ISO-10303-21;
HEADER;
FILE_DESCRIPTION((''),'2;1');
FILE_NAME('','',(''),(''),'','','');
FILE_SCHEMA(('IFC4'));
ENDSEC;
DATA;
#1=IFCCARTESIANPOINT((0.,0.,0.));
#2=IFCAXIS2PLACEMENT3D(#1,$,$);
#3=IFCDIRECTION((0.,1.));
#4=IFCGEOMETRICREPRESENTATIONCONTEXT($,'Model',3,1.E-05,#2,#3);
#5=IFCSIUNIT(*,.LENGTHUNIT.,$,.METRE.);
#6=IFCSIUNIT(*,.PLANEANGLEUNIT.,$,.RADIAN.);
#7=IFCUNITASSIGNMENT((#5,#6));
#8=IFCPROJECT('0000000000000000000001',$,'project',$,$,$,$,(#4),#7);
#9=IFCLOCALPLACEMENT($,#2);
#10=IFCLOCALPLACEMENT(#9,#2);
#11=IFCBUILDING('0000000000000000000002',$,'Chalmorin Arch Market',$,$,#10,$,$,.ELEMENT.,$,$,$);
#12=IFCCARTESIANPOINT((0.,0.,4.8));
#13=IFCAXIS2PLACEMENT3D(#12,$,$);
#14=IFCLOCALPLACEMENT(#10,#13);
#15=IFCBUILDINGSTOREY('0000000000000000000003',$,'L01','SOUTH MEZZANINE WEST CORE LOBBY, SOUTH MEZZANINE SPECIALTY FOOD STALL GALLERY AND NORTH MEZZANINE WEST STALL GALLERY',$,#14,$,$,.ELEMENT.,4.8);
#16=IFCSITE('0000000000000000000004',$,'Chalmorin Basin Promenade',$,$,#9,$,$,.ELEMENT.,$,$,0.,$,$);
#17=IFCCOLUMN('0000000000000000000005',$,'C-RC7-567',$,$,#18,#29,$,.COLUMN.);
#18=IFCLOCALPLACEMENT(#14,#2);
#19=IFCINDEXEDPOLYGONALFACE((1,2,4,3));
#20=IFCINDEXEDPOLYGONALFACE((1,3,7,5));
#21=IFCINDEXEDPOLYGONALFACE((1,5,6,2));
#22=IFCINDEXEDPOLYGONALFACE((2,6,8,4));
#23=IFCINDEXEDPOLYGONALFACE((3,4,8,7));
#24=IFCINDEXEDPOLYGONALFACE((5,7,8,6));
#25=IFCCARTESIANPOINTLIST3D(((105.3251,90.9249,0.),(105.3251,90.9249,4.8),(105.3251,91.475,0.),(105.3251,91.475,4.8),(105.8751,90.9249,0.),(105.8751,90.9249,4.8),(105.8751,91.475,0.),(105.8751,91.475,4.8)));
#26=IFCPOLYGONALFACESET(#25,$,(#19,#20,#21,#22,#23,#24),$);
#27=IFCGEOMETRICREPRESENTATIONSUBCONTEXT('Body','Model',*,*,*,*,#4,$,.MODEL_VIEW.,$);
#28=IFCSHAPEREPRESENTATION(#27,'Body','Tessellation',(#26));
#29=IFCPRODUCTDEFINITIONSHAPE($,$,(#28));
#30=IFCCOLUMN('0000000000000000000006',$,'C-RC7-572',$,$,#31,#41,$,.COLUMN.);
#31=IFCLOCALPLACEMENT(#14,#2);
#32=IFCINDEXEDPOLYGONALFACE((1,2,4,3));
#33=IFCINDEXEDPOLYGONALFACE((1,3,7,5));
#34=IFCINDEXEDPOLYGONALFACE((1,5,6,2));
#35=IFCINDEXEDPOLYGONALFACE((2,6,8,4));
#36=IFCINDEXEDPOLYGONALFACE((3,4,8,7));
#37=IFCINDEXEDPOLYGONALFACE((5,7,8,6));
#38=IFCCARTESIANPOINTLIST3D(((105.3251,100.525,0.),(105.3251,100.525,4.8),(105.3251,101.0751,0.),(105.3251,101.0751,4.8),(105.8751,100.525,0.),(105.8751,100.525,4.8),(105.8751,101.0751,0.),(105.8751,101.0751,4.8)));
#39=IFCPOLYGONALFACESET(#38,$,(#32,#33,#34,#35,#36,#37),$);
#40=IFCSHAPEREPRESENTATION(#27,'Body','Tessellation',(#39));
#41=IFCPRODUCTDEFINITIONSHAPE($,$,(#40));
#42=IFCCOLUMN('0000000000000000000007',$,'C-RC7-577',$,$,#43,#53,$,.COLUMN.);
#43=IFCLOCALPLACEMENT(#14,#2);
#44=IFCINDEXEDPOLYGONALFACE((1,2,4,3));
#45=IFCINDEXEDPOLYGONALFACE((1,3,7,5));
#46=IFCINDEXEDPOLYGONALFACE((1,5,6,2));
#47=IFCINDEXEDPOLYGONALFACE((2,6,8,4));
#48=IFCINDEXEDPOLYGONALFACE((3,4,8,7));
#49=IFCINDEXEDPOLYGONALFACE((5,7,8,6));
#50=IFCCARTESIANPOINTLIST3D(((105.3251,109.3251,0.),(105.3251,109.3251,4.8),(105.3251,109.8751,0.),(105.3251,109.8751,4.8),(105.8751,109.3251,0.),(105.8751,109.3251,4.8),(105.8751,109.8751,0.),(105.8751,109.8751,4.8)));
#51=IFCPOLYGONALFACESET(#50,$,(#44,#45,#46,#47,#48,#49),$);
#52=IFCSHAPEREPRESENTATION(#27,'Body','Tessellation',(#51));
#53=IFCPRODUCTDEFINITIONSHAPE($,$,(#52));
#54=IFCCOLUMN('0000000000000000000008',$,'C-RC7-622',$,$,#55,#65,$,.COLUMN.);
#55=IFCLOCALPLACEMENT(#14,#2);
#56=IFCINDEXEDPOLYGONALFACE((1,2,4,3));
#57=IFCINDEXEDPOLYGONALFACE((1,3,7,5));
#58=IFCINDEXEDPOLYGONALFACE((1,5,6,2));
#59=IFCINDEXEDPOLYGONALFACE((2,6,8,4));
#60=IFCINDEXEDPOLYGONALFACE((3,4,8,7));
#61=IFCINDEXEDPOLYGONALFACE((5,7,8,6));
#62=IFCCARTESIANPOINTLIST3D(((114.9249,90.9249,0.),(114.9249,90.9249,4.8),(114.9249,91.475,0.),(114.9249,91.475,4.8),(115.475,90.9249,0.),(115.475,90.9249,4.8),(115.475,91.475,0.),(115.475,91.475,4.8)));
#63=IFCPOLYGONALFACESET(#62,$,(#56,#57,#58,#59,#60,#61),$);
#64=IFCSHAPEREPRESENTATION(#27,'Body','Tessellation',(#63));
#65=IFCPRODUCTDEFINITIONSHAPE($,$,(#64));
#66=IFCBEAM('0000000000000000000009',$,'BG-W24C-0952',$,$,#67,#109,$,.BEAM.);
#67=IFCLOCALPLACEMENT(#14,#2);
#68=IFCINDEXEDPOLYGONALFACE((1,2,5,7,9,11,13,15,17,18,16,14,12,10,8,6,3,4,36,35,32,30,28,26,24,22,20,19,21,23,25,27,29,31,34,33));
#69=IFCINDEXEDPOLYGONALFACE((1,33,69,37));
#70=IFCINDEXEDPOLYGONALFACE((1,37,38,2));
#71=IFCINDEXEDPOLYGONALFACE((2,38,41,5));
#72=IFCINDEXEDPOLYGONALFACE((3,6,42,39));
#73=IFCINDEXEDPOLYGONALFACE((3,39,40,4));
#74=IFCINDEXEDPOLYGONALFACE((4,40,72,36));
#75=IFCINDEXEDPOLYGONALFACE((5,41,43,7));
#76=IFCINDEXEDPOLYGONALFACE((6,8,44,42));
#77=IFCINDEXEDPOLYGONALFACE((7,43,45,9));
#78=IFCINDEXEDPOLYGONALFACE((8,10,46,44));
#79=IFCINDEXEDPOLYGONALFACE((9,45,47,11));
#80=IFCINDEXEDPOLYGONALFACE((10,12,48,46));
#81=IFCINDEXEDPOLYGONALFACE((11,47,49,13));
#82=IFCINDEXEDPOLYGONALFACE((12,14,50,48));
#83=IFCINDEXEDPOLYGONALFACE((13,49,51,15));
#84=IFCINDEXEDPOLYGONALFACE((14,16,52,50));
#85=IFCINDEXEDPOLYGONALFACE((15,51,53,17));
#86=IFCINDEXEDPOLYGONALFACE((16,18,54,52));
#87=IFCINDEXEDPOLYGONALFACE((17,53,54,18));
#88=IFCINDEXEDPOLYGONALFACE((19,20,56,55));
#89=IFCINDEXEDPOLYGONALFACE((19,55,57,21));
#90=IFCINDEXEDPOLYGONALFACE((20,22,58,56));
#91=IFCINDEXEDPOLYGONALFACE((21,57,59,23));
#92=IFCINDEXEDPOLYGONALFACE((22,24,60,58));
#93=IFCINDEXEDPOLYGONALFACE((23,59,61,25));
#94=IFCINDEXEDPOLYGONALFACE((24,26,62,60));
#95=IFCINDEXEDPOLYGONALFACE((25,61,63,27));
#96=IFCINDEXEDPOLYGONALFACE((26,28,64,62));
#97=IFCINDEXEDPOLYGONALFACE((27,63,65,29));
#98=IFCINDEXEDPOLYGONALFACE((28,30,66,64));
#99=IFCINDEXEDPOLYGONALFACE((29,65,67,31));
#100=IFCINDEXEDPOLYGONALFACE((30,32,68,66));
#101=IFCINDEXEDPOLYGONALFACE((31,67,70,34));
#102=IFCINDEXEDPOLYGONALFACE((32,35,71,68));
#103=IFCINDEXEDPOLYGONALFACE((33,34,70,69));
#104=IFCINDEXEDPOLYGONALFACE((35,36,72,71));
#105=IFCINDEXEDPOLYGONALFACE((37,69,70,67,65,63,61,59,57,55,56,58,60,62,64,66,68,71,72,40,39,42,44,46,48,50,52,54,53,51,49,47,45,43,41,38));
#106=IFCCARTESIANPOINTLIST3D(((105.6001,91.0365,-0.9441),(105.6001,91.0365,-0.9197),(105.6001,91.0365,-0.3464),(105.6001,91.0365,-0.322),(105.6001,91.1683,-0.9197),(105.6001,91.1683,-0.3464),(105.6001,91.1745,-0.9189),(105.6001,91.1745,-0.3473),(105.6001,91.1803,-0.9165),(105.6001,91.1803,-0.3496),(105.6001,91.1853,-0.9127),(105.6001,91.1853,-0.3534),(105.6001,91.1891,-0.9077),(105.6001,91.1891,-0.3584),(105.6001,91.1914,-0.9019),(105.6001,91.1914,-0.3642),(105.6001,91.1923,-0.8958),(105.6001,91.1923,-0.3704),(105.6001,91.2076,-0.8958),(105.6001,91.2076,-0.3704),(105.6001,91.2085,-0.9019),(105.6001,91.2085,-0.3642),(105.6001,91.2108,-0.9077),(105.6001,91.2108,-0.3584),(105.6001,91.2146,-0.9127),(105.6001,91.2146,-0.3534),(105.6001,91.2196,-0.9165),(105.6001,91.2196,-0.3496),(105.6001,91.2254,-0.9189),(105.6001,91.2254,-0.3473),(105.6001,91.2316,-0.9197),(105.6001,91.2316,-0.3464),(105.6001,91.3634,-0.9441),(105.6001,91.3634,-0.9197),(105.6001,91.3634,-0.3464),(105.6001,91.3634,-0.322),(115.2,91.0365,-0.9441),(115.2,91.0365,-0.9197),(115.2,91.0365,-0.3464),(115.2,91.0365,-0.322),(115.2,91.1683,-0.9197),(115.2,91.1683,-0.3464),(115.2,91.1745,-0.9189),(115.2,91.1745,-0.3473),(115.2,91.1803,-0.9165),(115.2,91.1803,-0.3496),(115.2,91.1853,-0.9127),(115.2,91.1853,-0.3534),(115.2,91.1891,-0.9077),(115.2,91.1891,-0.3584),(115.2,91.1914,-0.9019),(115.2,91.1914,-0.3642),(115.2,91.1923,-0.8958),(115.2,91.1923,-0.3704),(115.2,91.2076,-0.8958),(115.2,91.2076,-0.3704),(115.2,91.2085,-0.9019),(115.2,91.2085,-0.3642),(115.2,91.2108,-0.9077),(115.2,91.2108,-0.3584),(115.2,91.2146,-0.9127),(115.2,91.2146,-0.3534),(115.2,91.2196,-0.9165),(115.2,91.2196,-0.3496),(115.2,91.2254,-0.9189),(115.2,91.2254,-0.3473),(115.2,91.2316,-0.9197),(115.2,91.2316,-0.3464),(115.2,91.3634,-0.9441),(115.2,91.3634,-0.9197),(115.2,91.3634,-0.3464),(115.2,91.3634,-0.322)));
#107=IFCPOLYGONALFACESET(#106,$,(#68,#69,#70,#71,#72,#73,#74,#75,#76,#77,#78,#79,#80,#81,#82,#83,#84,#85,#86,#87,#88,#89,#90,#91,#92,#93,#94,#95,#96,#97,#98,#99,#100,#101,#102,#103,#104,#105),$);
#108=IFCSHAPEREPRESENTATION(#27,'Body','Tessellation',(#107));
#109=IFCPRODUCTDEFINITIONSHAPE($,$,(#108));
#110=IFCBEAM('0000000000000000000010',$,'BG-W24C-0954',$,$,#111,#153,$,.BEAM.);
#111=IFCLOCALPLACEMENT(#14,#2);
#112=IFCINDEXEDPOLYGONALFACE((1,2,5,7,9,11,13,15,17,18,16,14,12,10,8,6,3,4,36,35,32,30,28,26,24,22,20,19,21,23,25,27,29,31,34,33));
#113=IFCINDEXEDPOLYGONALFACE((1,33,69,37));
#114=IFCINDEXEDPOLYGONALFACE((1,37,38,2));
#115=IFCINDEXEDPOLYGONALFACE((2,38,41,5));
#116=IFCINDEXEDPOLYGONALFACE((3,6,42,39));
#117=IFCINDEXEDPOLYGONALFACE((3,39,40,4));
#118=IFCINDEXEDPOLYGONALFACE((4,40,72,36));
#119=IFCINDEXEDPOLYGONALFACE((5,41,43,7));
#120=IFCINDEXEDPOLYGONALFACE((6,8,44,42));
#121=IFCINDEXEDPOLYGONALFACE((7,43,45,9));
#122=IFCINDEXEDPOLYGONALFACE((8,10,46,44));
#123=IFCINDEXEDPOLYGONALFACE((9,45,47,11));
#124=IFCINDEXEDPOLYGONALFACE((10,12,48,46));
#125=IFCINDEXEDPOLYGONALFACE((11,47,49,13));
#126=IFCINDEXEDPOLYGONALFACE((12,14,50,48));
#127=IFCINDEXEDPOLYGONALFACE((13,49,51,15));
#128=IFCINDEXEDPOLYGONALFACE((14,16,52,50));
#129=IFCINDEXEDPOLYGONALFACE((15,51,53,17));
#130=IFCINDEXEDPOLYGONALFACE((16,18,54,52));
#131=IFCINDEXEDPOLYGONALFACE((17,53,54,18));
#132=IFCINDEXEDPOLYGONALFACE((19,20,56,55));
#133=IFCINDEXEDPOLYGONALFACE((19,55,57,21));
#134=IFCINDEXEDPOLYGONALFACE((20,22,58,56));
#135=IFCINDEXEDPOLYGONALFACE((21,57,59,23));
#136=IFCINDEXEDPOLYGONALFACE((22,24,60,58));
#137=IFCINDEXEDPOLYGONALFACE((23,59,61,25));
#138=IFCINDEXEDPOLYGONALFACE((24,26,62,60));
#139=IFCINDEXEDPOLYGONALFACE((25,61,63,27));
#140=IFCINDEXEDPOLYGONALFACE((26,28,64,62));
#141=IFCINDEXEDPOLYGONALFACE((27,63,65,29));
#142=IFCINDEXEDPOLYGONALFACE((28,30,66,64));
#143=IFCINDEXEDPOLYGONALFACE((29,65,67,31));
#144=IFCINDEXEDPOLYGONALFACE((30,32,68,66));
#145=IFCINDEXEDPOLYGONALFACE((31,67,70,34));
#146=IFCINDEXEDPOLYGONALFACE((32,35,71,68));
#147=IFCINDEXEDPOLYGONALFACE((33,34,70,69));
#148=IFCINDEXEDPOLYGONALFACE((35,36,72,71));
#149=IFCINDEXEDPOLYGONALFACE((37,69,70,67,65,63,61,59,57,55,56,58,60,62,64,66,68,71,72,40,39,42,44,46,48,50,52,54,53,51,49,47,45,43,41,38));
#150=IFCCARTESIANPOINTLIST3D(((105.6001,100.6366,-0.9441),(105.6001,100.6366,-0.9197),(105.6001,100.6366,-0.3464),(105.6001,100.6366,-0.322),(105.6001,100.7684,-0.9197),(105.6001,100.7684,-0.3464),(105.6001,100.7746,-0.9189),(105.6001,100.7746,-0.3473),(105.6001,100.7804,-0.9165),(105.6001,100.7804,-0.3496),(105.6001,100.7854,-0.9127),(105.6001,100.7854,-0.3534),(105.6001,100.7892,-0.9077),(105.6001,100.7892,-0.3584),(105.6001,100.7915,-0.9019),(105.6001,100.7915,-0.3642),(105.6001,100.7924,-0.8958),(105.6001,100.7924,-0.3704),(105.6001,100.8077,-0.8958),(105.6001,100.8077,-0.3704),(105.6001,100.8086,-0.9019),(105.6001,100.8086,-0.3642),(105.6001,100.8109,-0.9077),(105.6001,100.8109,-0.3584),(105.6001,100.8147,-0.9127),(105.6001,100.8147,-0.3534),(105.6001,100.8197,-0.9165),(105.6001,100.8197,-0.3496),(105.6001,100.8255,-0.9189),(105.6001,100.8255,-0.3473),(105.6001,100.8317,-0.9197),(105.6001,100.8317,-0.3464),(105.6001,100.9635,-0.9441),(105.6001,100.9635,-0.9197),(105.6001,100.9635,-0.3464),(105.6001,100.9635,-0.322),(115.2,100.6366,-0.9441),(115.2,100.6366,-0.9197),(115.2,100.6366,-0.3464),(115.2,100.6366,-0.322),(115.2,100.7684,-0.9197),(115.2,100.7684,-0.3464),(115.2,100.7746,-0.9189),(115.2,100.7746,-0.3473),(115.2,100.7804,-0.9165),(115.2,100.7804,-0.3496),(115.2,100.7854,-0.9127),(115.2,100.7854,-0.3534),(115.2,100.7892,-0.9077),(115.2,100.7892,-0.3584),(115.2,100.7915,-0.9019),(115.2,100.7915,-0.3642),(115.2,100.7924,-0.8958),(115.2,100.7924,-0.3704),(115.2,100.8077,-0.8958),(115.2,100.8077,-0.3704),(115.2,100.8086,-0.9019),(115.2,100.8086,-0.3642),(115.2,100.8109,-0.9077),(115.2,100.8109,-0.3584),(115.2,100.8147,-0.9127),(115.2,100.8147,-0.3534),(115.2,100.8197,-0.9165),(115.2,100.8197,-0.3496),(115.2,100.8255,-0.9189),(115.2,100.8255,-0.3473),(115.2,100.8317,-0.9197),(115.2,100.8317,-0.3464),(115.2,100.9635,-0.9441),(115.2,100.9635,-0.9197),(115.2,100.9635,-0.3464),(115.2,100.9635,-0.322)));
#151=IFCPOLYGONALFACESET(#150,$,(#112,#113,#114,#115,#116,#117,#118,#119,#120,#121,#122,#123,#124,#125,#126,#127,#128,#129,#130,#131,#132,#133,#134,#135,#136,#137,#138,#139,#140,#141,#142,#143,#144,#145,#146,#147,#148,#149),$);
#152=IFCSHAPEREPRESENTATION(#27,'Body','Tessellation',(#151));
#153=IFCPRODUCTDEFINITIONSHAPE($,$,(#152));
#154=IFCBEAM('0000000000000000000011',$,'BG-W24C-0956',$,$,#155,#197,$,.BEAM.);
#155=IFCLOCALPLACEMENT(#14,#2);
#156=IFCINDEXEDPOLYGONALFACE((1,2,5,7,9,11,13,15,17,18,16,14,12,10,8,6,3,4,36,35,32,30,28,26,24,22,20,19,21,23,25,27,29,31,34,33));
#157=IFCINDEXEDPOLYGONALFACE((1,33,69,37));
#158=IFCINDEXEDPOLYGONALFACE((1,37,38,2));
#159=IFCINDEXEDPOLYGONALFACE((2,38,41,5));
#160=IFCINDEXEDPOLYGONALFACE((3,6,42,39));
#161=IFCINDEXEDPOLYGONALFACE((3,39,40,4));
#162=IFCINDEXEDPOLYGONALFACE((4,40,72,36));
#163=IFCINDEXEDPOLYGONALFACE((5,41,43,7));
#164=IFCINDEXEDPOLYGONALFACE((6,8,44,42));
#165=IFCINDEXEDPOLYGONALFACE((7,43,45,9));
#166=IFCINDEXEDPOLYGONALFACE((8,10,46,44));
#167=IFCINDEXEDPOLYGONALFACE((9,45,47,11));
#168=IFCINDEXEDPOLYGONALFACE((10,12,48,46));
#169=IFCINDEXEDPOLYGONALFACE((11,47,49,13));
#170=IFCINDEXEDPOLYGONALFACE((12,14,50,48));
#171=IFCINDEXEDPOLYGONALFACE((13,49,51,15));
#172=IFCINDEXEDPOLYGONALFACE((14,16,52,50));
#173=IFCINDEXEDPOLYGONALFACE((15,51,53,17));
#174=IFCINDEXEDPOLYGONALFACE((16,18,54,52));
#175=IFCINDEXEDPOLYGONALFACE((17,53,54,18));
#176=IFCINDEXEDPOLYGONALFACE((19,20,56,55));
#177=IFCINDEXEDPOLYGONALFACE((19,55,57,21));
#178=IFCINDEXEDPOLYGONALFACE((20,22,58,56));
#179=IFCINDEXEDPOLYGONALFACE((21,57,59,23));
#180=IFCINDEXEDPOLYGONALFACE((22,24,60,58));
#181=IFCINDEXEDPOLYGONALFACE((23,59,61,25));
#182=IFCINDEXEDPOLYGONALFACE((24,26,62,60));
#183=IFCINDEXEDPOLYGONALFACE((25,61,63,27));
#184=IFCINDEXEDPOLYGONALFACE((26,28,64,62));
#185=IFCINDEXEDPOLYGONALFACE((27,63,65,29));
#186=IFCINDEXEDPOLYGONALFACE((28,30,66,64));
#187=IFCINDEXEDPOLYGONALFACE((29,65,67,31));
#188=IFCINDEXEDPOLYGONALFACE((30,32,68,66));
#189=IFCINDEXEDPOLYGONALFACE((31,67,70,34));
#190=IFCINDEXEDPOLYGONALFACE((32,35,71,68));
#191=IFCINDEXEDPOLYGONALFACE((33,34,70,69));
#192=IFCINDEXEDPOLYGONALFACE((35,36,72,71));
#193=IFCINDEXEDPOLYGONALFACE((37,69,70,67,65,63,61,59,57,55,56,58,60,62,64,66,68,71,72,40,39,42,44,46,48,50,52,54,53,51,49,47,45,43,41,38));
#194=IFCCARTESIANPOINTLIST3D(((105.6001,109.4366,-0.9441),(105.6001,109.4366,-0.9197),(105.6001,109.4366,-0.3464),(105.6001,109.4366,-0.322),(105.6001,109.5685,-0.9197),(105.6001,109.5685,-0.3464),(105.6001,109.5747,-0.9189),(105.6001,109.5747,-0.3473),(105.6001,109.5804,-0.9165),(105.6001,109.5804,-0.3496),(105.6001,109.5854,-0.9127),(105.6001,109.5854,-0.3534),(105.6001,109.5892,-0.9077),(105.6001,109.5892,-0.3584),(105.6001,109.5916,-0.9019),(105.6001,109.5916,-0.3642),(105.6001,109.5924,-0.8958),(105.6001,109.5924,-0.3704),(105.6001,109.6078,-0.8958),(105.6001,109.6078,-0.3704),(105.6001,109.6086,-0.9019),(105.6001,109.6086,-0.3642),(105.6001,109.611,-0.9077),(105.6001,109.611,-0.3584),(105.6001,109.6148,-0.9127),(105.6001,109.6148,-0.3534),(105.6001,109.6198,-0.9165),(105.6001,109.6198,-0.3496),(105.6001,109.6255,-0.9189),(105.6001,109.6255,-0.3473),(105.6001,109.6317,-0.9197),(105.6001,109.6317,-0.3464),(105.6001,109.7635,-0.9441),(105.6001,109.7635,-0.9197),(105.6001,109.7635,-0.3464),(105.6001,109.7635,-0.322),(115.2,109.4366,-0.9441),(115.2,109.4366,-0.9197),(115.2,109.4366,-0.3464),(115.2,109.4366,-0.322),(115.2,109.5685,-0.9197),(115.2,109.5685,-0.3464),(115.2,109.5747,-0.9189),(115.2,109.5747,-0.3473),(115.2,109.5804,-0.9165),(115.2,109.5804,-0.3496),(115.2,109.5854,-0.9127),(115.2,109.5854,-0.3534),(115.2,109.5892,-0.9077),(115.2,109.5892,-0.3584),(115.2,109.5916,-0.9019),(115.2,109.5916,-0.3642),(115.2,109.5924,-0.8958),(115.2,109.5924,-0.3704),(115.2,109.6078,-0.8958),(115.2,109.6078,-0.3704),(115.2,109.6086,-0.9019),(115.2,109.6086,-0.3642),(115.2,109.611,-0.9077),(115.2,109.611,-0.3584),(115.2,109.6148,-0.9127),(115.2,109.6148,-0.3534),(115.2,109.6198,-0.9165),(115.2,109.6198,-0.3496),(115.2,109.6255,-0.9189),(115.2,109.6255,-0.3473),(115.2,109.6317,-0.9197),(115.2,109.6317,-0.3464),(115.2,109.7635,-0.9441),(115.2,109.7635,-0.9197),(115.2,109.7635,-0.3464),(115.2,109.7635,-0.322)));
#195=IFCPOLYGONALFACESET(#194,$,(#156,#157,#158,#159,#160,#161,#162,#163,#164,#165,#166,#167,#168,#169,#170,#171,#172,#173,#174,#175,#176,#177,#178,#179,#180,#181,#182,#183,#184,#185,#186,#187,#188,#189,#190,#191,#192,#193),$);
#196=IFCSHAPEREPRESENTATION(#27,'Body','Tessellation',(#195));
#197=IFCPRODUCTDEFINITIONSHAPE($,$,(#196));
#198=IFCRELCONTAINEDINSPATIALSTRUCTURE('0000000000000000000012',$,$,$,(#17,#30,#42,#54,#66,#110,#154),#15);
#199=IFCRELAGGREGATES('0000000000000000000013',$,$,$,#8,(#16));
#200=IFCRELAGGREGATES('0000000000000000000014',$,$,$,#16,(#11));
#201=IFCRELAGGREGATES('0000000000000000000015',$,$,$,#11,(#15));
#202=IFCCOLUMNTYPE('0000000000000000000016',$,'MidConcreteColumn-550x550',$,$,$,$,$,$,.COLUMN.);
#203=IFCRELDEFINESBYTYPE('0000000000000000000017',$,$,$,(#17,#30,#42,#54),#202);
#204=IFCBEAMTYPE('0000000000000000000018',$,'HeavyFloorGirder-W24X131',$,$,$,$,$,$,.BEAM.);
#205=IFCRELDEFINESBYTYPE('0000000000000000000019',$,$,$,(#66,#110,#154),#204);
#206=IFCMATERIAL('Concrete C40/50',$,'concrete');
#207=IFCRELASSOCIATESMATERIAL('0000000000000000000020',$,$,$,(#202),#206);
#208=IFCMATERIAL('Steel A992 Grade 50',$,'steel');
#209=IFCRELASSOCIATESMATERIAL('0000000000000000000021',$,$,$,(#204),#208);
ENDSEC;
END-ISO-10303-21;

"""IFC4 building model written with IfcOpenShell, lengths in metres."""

from ifc_helpers import new_model, si_unit, direction, frame, origin, origin_2d, place, context, subcontext, project, spatial, rectangle, i_section, extrude, material, material_profile, profile_set, type_object, element, save


model = new_model("IFC4")

# Units and contexts
model_context = context("Model", 3, precision=1e-05, world=origin(), true_north=direction((0.0, 1.0)))
body_context = subcontext(model_context, "Body", "Model", "MODEL_VIEW")
ifc_project = project(units=[si_unit("LENGTHUNIT", "METRE"), si_unit("PLANEANGLEUNIT", "RADIAN")], contexts=[model_context])

# Site, building, storey
site_placement = place(None, origin())
site = spatial("IfcSite", under=ifc_project, at=site_placement, Name="Chalmorin Basin Promenade", CompositionType="ELEMENT", RefElevation=0.0)
building_placement = place(site_placement, origin())
building = spatial("IfcBuilding", under=site, at=building_placement, Name="Chalmorin Arch Market", CompositionType="ELEMENT")
storey_placement = place(building_placement, frame((0.0, 0.0, 4.8)))
storey = spatial("IfcBuildingStorey", under=building, at=storey_placement, Name="L01", Description="SOUTH MEZZANINE WEST CORE LOBBY, SOUTH MEZZANINE SPECIALTY FOOD STALL GALLERY AND NORTH MEZZANINE WEST STALL GALLERY", CompositionType="ELEMENT", Elevation=4.8)

# Columns
ifc_material_1 = material(Name="Concrete C40/50", Category="concrete")
ifc_material_profile_1 = material_profile(ifc_material_1, rectangle(XDim=0.55, YDim=0.55, at=origin_2d()), Name="RC550X550")
ifc_profile_set_1 = profile_set([ifc_material_profile_1], Name="Concrete C40/50")
column_type = type_object("IfcColumnType", Name="MidConcreteColumn-550x550", PredefinedType="COLUMN", material=ifc_profile_set_1)
for number, where, z_axis, x_axis, name in (
    (1, (105.6001, 91.2, 0.0), (0.0, 0.0, 1.0), (1.0, 0.0, 0.0), "C-RC7-567"),
    (2, (105.6001, 100.8, 0.0), (0.0, 0.0, 1.0), (1.0, 0.0, 0.0), "C-RC7-572"),
    (3, (105.6001, 109.6001, 0.0), (0.0, 0.0, 1.0), (1.0, 0.0, 0.0), "C-RC7-577"),
    (4, (115.2, 91.2, 0.0), (0.0, 0.0, 1.0), (1.0, 0.0, 0.0), "C-RC7-622"),
):
    element("IfcColumn", number, at=place(storey_placement, frame(where, z_axis=z_axis, x_axis=x_axis)), inside=storey, type_object=column_type, Name=name, PredefinedType="COLUMN", context=body_context, shape_type="SweptSolid", body=[
        extrude(rectangle(XDim=0.55, YDim=0.55, at=origin_2d()), origin(), (0.0, 0.0, 1.0), 4.8),
    ])

# Beams
ifc_material_2 = material(Name="Steel A992 Grade 50", Category="steel")
ifc_material_profile_2 = material_profile(ifc_material_2, i_section(OverallWidth=0.3269, OverallDepth=0.6221, WebThickness=0.0154, FlangeThickness=0.0244, FilletRadius=0.0239, at=origin_2d()), Name="W24X131")
ifc_profile_set_2 = profile_set([ifc_material_profile_2], Name="Steel A992 Grade 50")
beam_type_1 = type_object("IfcBeamType", Name="HeavyFloorGirder-W24X131", PredefinedType="BEAM", material=ifc_profile_set_2)
for number, where, z_axis, x_axis, name in (
    (5, (105.6001, 91.2, -0.6331), (1.0, 0.0, 0.0), (0.0, 1.0, 0.0), "BG-W24C-0952"),
    (6, (105.6001, 100.8, -0.6331), (1.0, 0.0, 0.0), (0.0, 1.0, 0.0), "BG-W24C-0954"),
    (7, (105.6001, 109.6001, -0.6331), (1.0, 0.0, 0.0), (0.0, 1.0, 0.0), "BG-W24C-0956"),
):
    element("IfcBeam", number, at=place(storey_placement, frame(where, z_axis=z_axis, x_axis=x_axis)), inside=storey, type_object=beam_type_1, Name=name, PredefinedType="BEAM", context=body_context, shape_type="SweptSolid", body=[
        extrude(i_section(OverallWidth=0.3269, OverallDepth=0.6221, WebThickness=0.0154, FlangeThickness=0.0244, FilletRadius=0.0239, at=origin_2d()), origin(), (0.0, 0.0, 1.0), 9.5999),
    ])

save(model, "model.ifc")
